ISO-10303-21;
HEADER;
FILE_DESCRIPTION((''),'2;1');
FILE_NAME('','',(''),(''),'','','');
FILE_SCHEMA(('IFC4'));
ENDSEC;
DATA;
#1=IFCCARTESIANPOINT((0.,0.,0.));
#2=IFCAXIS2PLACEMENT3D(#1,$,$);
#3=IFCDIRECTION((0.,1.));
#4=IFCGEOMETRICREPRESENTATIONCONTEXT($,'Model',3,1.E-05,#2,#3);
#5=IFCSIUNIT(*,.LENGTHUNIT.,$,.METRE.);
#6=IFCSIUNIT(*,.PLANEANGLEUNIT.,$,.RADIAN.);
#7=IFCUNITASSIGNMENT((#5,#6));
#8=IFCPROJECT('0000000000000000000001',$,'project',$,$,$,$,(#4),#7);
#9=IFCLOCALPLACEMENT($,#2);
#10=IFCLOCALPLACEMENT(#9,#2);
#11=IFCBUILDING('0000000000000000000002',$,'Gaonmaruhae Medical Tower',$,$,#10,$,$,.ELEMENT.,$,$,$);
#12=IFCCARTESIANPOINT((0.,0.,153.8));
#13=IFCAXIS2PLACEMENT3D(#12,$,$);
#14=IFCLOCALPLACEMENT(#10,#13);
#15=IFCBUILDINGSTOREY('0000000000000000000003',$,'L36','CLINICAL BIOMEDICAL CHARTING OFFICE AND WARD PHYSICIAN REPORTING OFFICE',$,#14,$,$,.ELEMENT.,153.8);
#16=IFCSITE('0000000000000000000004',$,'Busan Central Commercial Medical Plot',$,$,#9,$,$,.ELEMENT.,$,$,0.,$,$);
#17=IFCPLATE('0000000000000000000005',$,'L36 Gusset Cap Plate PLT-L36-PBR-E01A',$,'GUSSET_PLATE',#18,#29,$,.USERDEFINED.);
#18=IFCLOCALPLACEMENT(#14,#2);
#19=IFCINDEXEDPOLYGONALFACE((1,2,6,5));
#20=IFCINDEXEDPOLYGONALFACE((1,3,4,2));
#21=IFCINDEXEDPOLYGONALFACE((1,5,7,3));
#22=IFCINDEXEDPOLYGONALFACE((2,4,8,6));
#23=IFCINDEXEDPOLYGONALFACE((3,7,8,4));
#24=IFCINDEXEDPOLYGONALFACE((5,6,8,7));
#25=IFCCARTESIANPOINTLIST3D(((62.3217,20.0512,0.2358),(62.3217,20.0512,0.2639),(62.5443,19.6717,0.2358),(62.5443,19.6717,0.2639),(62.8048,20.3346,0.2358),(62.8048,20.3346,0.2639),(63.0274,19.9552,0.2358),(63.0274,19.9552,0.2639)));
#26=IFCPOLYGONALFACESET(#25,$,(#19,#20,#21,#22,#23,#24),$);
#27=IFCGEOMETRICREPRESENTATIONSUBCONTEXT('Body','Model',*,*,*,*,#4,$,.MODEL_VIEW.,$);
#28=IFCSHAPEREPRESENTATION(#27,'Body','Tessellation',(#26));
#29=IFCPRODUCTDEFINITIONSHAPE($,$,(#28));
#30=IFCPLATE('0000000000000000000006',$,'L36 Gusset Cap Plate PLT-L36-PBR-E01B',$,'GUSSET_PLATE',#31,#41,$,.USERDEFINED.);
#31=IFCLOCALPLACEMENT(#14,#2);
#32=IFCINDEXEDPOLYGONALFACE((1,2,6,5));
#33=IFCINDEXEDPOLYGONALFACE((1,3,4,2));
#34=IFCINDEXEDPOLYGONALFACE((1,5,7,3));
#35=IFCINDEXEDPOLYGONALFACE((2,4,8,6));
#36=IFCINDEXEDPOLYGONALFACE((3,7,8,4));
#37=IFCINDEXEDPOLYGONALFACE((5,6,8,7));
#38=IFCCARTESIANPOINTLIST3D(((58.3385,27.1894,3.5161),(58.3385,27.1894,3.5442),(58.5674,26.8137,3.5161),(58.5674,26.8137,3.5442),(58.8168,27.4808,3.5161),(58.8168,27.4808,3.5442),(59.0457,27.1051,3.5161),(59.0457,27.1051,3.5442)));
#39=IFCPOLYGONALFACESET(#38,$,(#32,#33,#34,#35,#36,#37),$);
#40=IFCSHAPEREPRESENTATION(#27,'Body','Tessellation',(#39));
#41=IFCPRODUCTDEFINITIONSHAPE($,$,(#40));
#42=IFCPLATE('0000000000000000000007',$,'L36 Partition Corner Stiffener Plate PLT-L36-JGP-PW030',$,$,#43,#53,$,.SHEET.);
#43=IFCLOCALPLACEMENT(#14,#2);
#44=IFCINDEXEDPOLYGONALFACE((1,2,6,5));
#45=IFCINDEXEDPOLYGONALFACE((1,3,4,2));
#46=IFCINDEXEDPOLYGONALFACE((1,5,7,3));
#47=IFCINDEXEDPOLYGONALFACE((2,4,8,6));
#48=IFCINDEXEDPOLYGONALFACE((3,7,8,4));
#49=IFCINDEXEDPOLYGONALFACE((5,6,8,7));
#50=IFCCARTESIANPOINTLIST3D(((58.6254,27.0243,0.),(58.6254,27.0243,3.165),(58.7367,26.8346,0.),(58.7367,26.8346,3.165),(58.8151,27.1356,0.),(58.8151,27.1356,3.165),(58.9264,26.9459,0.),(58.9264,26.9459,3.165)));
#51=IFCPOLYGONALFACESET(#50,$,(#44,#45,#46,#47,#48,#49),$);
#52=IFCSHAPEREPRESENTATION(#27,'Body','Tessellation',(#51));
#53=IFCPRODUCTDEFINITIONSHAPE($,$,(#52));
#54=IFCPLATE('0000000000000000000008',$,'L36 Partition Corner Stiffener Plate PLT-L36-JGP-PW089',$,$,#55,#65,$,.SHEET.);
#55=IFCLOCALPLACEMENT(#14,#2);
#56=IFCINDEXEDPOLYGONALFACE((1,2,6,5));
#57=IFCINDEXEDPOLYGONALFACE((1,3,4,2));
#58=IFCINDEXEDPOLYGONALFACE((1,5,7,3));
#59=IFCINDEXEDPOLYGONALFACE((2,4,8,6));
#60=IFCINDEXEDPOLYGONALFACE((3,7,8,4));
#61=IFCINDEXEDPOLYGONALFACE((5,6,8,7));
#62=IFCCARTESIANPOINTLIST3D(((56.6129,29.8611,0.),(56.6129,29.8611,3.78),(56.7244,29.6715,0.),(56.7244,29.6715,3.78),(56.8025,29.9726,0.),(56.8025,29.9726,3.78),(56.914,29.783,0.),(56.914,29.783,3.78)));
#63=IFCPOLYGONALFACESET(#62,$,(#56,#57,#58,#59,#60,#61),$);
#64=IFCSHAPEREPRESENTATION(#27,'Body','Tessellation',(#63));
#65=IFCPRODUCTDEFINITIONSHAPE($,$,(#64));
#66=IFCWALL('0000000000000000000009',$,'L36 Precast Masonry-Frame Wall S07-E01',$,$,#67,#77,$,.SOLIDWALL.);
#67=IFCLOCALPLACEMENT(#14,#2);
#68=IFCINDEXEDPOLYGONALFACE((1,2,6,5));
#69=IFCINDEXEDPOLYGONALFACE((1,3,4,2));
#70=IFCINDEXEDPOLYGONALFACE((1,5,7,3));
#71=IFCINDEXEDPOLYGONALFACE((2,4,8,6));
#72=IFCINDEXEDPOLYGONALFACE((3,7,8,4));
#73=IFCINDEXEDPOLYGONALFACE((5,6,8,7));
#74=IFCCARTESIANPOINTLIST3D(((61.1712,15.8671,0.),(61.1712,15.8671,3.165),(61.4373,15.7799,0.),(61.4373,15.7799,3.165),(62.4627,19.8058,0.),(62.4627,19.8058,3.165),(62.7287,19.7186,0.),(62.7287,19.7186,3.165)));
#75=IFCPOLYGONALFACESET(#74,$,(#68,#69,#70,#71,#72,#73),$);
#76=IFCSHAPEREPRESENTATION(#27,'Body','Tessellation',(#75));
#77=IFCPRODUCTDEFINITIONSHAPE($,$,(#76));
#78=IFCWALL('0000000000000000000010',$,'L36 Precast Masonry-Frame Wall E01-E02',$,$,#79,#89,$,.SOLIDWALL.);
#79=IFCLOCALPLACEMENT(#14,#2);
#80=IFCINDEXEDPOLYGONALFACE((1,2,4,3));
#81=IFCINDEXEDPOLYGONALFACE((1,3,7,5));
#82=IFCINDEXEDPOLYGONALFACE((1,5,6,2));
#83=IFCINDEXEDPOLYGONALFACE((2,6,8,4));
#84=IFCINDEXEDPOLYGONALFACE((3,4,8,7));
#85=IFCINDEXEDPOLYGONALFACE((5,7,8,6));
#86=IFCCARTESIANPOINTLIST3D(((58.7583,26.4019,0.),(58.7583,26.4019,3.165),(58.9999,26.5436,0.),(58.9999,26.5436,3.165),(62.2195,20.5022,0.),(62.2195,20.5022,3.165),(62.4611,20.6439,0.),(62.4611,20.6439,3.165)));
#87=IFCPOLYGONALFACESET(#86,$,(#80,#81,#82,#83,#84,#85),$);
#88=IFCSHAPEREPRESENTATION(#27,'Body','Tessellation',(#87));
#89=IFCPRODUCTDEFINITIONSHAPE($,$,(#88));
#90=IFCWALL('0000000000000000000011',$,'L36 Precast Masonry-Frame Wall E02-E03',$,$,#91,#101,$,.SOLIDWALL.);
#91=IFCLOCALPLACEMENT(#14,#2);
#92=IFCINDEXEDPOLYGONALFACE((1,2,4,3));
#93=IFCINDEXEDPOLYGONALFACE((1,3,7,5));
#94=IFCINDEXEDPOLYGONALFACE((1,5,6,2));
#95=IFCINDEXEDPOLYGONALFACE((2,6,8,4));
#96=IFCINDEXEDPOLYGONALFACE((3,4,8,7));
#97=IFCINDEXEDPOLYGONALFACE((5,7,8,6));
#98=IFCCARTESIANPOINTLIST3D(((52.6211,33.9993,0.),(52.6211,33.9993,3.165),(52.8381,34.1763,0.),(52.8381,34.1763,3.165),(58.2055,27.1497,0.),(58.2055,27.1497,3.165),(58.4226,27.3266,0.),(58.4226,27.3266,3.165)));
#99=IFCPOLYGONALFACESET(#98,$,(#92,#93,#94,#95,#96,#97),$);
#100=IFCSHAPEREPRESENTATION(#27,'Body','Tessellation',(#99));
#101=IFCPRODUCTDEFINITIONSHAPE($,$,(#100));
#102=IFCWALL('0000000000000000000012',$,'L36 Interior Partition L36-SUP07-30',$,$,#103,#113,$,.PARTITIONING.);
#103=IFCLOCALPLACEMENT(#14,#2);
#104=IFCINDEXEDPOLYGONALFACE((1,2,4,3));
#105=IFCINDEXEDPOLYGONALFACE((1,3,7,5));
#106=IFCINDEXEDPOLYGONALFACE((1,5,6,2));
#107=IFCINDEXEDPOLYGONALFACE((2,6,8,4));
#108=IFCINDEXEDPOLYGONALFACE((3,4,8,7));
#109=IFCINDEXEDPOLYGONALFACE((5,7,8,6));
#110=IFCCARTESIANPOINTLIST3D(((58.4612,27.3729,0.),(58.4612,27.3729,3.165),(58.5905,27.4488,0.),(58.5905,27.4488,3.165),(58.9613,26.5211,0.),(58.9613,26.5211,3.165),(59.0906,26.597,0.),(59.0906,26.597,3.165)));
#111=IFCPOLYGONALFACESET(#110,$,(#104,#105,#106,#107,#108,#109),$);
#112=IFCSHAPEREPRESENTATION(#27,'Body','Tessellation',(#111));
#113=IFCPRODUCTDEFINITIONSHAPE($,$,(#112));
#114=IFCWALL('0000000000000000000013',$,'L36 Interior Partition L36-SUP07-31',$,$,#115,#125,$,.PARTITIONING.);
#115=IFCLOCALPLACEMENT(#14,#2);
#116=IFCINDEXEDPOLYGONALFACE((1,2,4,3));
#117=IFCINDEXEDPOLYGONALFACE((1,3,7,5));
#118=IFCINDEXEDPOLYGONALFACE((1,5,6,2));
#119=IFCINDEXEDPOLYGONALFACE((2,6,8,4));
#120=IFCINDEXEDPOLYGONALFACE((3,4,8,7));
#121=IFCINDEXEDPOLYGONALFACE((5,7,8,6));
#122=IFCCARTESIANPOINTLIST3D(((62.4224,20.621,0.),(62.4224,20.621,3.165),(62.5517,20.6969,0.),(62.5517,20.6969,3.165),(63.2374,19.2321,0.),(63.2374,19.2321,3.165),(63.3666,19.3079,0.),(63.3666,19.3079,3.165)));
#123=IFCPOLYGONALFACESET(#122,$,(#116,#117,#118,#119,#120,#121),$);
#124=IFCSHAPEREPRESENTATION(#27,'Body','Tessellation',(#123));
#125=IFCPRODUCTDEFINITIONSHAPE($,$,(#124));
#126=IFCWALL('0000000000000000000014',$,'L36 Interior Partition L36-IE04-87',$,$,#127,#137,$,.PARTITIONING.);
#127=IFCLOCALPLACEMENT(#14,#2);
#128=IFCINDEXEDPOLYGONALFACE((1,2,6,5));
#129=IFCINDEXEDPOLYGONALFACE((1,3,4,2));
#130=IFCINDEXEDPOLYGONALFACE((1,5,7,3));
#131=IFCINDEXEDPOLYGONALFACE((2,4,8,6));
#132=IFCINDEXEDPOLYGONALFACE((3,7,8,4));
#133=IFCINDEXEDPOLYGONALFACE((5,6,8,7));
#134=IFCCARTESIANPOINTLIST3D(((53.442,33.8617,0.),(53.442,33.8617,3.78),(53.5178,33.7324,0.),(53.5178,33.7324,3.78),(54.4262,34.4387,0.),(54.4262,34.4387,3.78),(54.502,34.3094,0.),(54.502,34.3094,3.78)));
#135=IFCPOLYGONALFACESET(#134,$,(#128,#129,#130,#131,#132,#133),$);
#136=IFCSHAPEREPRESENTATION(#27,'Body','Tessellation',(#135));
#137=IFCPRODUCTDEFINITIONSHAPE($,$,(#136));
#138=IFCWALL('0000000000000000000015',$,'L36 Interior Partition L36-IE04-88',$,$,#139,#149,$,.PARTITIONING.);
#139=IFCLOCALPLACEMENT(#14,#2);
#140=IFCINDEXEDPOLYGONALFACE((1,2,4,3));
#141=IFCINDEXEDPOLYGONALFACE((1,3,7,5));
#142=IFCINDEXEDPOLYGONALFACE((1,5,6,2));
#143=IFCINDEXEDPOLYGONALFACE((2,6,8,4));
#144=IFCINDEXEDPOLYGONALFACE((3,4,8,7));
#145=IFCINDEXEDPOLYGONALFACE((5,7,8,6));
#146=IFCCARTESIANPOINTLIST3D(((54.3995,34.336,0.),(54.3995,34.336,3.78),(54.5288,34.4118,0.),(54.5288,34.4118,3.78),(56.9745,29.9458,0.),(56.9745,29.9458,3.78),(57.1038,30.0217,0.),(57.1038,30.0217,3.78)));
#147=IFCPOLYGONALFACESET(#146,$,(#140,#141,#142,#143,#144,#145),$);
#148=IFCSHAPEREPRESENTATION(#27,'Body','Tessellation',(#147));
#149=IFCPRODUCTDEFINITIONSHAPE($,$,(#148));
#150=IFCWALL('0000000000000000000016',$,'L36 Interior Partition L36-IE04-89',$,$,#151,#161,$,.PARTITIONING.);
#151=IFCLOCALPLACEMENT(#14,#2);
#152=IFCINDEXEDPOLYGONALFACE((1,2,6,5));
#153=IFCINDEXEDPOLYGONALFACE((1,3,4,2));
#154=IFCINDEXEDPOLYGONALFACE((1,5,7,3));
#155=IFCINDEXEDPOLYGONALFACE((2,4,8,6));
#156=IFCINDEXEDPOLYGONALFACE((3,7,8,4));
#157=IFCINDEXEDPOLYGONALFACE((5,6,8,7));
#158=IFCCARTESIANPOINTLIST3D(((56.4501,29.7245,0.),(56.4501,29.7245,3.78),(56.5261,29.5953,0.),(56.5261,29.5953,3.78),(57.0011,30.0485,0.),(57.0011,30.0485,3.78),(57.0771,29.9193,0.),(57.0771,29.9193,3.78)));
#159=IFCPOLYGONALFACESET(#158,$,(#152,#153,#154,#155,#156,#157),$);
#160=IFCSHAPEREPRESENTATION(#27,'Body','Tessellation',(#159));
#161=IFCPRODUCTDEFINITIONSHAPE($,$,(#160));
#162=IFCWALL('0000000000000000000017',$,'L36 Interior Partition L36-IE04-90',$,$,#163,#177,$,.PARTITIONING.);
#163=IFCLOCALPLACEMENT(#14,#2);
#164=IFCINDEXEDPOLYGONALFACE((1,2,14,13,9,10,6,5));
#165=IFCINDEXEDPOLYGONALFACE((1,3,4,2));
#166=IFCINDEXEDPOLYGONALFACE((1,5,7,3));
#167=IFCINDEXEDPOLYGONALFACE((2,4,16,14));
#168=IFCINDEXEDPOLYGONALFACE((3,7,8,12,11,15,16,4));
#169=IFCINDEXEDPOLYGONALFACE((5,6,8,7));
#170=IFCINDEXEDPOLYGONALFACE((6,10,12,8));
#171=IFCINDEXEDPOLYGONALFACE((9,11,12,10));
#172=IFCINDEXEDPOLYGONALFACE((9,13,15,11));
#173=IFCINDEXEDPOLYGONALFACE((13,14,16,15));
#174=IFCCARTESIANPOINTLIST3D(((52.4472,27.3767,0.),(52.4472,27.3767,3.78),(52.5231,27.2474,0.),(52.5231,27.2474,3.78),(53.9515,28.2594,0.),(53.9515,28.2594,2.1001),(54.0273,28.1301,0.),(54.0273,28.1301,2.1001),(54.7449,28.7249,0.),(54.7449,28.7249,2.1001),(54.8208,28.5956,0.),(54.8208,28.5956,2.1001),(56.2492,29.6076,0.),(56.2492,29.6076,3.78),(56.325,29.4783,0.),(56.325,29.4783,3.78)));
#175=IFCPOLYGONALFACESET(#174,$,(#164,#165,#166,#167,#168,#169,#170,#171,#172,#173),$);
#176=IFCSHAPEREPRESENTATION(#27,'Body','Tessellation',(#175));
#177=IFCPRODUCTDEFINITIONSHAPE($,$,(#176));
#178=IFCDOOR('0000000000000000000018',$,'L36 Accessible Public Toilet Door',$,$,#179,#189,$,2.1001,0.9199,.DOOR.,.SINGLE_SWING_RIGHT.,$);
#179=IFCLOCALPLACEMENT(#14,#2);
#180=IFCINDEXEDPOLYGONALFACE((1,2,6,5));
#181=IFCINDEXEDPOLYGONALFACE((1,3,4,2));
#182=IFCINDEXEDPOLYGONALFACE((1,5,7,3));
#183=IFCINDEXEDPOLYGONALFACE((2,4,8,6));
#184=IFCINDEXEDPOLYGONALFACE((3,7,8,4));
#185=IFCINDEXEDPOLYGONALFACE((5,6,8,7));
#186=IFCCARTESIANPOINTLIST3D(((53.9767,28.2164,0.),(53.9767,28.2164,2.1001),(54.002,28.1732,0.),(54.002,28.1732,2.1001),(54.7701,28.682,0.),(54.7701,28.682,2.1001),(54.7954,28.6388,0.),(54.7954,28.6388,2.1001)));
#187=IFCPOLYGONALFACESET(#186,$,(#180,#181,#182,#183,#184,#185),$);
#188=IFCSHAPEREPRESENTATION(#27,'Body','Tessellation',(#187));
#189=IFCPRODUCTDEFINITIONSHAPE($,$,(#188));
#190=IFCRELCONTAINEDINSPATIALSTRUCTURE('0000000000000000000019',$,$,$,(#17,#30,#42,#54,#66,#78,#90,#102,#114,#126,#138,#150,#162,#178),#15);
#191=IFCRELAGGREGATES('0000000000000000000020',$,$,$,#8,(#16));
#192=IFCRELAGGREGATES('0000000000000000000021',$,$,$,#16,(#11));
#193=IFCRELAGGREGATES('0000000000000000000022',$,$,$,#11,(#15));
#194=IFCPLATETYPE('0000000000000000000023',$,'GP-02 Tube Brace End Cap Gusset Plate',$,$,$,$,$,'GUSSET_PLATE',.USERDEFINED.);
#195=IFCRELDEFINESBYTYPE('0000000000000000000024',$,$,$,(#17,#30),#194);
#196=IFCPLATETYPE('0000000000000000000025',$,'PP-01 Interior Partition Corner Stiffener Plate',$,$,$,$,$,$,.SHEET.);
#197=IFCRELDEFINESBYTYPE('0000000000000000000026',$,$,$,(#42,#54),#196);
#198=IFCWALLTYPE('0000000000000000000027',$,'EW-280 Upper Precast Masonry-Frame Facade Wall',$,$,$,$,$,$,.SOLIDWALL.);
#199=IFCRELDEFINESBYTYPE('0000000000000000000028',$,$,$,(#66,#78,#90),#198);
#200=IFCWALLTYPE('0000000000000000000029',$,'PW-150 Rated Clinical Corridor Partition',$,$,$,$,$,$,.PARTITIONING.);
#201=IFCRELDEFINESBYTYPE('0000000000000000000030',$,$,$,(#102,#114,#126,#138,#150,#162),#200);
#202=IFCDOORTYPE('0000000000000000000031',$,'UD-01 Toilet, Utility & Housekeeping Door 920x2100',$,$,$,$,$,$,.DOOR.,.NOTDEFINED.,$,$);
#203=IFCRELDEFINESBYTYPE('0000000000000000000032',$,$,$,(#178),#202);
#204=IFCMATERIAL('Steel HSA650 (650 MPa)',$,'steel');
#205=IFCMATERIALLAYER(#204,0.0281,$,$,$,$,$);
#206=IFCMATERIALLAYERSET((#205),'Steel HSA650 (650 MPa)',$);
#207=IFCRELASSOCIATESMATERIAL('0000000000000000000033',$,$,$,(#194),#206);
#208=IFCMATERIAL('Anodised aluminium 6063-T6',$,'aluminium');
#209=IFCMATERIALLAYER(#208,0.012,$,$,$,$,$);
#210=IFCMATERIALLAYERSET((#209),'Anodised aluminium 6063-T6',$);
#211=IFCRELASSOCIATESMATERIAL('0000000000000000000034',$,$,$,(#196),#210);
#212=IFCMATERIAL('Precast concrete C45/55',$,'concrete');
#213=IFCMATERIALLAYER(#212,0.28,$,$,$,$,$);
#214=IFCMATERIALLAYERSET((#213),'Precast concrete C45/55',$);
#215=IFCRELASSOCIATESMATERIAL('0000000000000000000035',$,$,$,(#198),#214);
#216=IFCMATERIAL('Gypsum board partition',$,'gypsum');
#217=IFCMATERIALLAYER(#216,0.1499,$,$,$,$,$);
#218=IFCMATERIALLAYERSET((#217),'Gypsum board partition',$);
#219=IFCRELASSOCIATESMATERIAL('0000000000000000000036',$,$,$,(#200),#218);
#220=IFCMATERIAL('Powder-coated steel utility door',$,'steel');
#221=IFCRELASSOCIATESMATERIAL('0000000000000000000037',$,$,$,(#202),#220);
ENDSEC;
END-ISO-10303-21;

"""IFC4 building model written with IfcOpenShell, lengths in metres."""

from ifc_helpers import new_model, si_unit, direction, frame, frame_2d, origin, origin_2d, place, context, subcontext, project, spatial, rectangle, extrude, material, layer, layer_set, type_object, element, fill, save


model = new_model("IFC4")

# Units and contexts
model_context = context("Model", 3, precision=1e-05, world=origin(), true_north=direction((0.0, 1.0)))
body_context = subcontext(model_context, "Body", "Model", "MODEL_VIEW")
ifc_project = project(units=[si_unit("LENGTHUNIT", "METRE"), si_unit("PLANEANGLEUNIT", "RADIAN")], contexts=[model_context])

# Site, building, storey
site_placement = place(None, origin())
site = spatial("IfcSite", under=ifc_project, at=site_placement, Name="Busan Central Commercial Medical Plot", CompositionType="ELEMENT", RefElevation=0.0)
building_placement = place(site_placement, origin())
building = spatial("IfcBuilding", under=site, at=building_placement, Name="Gaonmaruhae Medical Tower", CompositionType="ELEMENT")
storey_placement = place(building_placement, frame((0.0, 0.0, 153.8)))
storey = spatial("IfcBuildingStorey", under=building, at=storey_placement, Name="L36", Description="CLINICAL BIOMEDICAL CHARTING OFFICE AND WARD PHYSICIAN REPORTING OFFICE", CompositionType="ELEMENT", Elevation=153.8)

# Plates
ifc_material_1 = material(Name="Steel HSA650 (650 MPa)", Category="steel")
ifc_layer_1 = layer(ifc_material_1, 0.0281)
ifc_layer_set_1 = layer_set([ifc_layer_1], Name="Steel HSA650 (650 MPa)")
plate_type_1 = type_object("IfcPlateType", Name="GP-02 Tube Brace End Cap Gusset Plate", ElementType="GUSSET_PLATE", PredefinedType="USERDEFINED", material=ifc_layer_set_1)
for number, where, z_axis, x_axis, name in (
    (1, (62.6746, 20.0032, 0.2358), (0.0, 0.0, 1.0), (0.862514, 0.506034, 0.0), "L36 Gusset Cap Plate PLT-L36-PBR-E01A"),
    (2, (58.6921, 27.1472, 3.5161), (0.0, 0.0, 1.0), (0.854005, 0.520265, 0.0), "L36 Gusset Cap Plate PLT-L36-PBR-E01B"),
):
    element("IfcPlate", number, at=place(storey_placement, frame(where, z_axis=z_axis, x_axis=x_axis)), inside=storey, type_object=plate_type_1, Name=name, ObjectType="GUSSET_PLATE", PredefinedType="USERDEFINED", context=body_context, shape_type="SweptSolid", body=[
        extrude(rectangle(XDim=0.5601, YDim=0.4399, at=origin_2d()), origin(), (0.0, 0.0, 1.0), 0.0281),
    ])
ifc_material_2 = material(Name="Anodised aluminium 6063-T6", Category="aluminium")
ifc_layer_2 = layer(ifc_material_2, 0.012)
ifc_layer_set_2 = layer_set([ifc_layer_2], Name="Anodised aluminium 6063-T6")
plate_type_2 = type_object("IfcPlateType", Name="PP-01 Interior Partition Corner Stiffener Plate", PredefinedType="SHEET", material=ifc_layer_set_2)
plate_1_placement = place(storey_placement, frame((58.7759, 26.9851, 0.0), z_axis=(0.0, 0.0, 1.0), x_axis=(0.506139, -0.862452, 0.0)))
element("IfcPlate", 3, at=plate_1_placement, inside=storey, type_object=plate_type_2, Name="L36 Partition Corner Stiffener Plate PLT-L36-JGP-PW030", PredefinedType="SHEET", context=body_context, shape_type="SweptSolid", body=[
    extrude(rectangle(XDim=0.22, YDim=0.22, at=origin_2d()), origin(), (0.0, 0.0, 1.0), 3.165),
])
plate_2_placement = place(storey_placement, frame((56.7634, 29.822, 0.0), z_axis=(0.0, 0.0, 1.0), x_axis=(-0.862019, -0.506877, 0.0)))
element("IfcPlate", 4, at=plate_2_placement, inside=storey, type_object=plate_type_2, Name="L36 Partition Corner Stiffener Plate PLT-L36-JGP-PW089", PredefinedType="SHEET", context=body_context, shape_type="SweptSolid", body=[
    extrude(rectangle(XDim=0.22, YDim=0.22, at=origin_2d()), origin(), (0.0, 0.0, 1.0), 3.78),
])

# Walls
ifc_material_3 = material(Name="Precast concrete C45/55", Category="concrete")
ifc_layer_3 = layer(ifc_material_3, 0.28)
ifc_layer_set_3 = layer_set([ifc_layer_3], Name="Precast concrete C45/55")
wall_type_1 = type_object("IfcWallType", Name="EW-280 Upper Precast Masonry-Frame Facade Wall", PredefinedType="SOLIDWALL", material=ifc_layer_set_3)
wall_1_placement = place(storey_placement, frame((62.5957, 19.7622, 0.0), z_axis=(0.0, 0.0, 1.0), x_axis=(-0.311577, -0.950221, 0.0)))
element("IfcWall", 5, at=wall_1_placement, inside=storey, type_object=wall_type_1, Name="L36 Precast Masonry-Frame Wall S07-E01", PredefinedType="SOLIDWALL", context=body_context, shape_type="SweptSolid", body=[
    extrude(rectangle(XDim=4.145, YDim=0.28, at=frame_2d((2.0725, 0.0))), origin(), (0.0, 0.0, 1.0), 3.165),
])
wall_2_placement = place(storey_placement, frame((58.8792, 26.4727, 0.0), z_axis=(0.0, 0.0, 1.0), x_axis=(0.50602, -0.862522, 0.0)))
element("IfcWall", 6, at=wall_2_placement, inside=storey, type_object=wall_type_1, Name="L36 Precast Masonry-Frame Wall E01-E02", PredefinedType="SOLIDWALL", context=body_context, shape_type="SweptSolid", body=[
    extrude(rectangle(XDim=6.8401, YDim=0.28, at=frame_2d((3.4199, 0.0))), origin(), (0.0, 0.0, 1.0), 3.165),
])
wall_3_placement = place(storey_placement, frame((52.7295, 34.0879, 0.0), z_axis=(0.0, 0.0, 1.0), x_axis=(0.631898, -0.775052, 0.0)))
element("IfcWall", 7, at=wall_3_placement, inside=storey, type_object=wall_type_1, Name="L36 Precast Masonry-Frame Wall E02-E03", PredefinedType="SOLIDWALL", context=body_context, shape_type="SweptSolid", body=[
    extrude(rectangle(XDim=8.8376, YDim=0.28, at=frame_2d((4.4189, 0.0))), origin(), (0.0, 0.0, 1.0), 3.165),
])
ifc_material_4 = material(Name="Gypsum board partition", Category="gypsum")
ifc_layer_4 = layer(ifc_material_4, 0.1499)
ifc_layer_set_4 = layer_set([ifc_layer_4], Name="Gypsum board partition")
wall_type_2 = type_object("IfcWallType", Name="PW-150 Rated Clinical Corridor Partition", PredefinedType="PARTITIONING", material=ifc_layer_set_4)
wall_4_placement = place(storey_placement, frame((58.5259, 27.4109, 0.0), z_axis=(0.0, 0.0, 1.0), x_axis=(0.506221, -0.862404, 0.0)))
element("IfcWall", 8, at=wall_4_placement, inside=storey, type_object=wall_type_2, Name="L36 Interior Partition L36-SUP07-30", PredefinedType="PARTITIONING", context=body_context, shape_type="SweptSolid", body=[
    extrude(rectangle(XDim=0.9878, YDim=0.1499, at=frame_2d((0.4939, 0.0))), origin(), (0.0, 0.0, 1.0), 3.165),
])
wall_5_placement = place(storey_placement, frame((62.4871, 20.6589, 0.0), z_axis=(0.0, 0.0, 1.0), x_axis=(0.506066, -0.862495, 0.0)))
element("IfcWall", 9, at=wall_5_placement, inside=storey, type_object=wall_type_2, Name="L36 Interior Partition L36-SUP07-31", PredefinedType="PARTITIONING", context=body_context, shape_type="SweptSolid", body=[
    extrude(rectangle(XDim=1.6104, YDim=0.1499, at=frame_2d((0.8052, 0.0))), origin(), (0.0, 0.0, 1.0), 3.165),
])
wall_6_placement = place(storey_placement, frame((53.48, 33.7971, 0.0), z_axis=(0.0, 0.0, 1.0), x_axis=(0.862698, 0.505719, 0.0)))
element("IfcWall", 10, at=wall_6_placement, inside=storey, type_object=wall_type_2, Name="L36 Interior Partition L36-IE04-87", PredefinedType="PARTITIONING", context=body_context, shape_type="SweptSolid", body=[
    extrude(rectangle(XDim=1.1409, YDim=0.1499, at=frame_2d((0.5703, 0.0))), origin(), (0.0, 0.0, 1.0), 3.78),
])
wall_7_placement = place(storey_placement, frame((54.4641, 34.374, 0.0), z_axis=(0.0, 0.0, 1.0), x_axis=(0.505928, -0.862576, 0.0)))
element("IfcWall", 11, at=wall_7_placement, inside=storey, type_object=wall_type_2, Name="L36 Interior Partition L36-IE04-88", PredefinedType="PARTITIONING", context=body_context, shape_type="SweptSolid", body=[
    extrude(rectangle(XDim=5.0896, YDim=0.1499, at=frame_2d((2.5449, 0.0))), origin(), (0.0, 0.0, 1.0), 3.78),
])
wall_8_placement = place(storey_placement, frame((57.0391, 29.9839, 0.0), z_axis=(0.0, 0.0, 1.0), x_axis=(-0.862042, -0.506837, 0.0)))
element("IfcWall", 12, at=wall_8_placement, inside=storey, type_object=wall_type_2, Name="L36 Interior Partition L36-IE04-89", PredefinedType="PARTITIONING", context=body_context, shape_type="SweptSolid", body=[
    extrude(rectangle(XDim=0.6392, YDim=0.1499, at=frame_2d((0.3196, 0.0))), origin(), (0.0, 0.0, 1.0), 3.78),
])

# Wall, opening, door
wall_9_placement = place(storey_placement, frame((56.2871, 29.543, 0.0), z_axis=(0.0, 0.0, 1.0), x_axis=(-0.86248, -0.50609, 0.0)))
wall_9 = element("IfcWall", 13, at=wall_9_placement, inside=storey, type_object=wall_type_2, Name="L36 Interior Partition L36-IE04-90", PredefinedType="PARTITIONING", context=body_context, shape_type="SweptSolid", body=[
    extrude(rectangle(XDim=4.4082, YDim=0.1499, at=frame_2d((2.2041, 0.0))), origin(), (0.0, 0.0, 1.0), 3.78),
])
opening_placement = place(wall_9_placement, frame((1.7441, 0.0, 0.0)))
opening = element("IfcOpeningElement", 14, at=opening_placement, cuts=wall_9, PredefinedType="OPENING", context=body_context, shape_type="SweptSolid", body=[
    extrude(rectangle(XDim=0.9199, YDim=2.1001, at=frame_2d((0.46, 1.05))), frame((0.0, 0.085, 0.0), z_axis=(0.0, -1.0, 0.0), x_axis=(1.0, 0.0, 0.0)), (0.0, 0.0, 1.0), 0.1699),
])
ifc_material_5 = material(Name="Powder-coated steel utility door", Category="steel")
door_type = type_object("IfcDoorType", Name="UD-01 Toilet, Utility & Housekeeping Door 920x2100", OperationType="NOTDEFINED", PredefinedType="DOOR", material=ifc_material_5)
door_placement = place(opening_placement, origin())
door = element("IfcDoor", 15, at=door_placement, inside=storey, type_object=door_type, Name="L36 Accessible Public Toilet Door", OperationType="SINGLE_SWING_RIGHT", OverallHeight=2.1001, OverallWidth=0.9199, PredefinedType="DOOR", context=body_context, shape_type="SweptSolid", body=[
    extrude(rectangle(XDim=0.9199, YDim=2.1001, at=frame_2d((0.46, 1.05))), frame((0.0, 0.0249, 0.0), z_axis=(0.0, -1.0, 0.0), x_axis=(1.0, 0.0, 0.0)), (0.0, 0.0, 1.0), 0.05),
])
fill(opening, door)

save(model, "model.ifc")
